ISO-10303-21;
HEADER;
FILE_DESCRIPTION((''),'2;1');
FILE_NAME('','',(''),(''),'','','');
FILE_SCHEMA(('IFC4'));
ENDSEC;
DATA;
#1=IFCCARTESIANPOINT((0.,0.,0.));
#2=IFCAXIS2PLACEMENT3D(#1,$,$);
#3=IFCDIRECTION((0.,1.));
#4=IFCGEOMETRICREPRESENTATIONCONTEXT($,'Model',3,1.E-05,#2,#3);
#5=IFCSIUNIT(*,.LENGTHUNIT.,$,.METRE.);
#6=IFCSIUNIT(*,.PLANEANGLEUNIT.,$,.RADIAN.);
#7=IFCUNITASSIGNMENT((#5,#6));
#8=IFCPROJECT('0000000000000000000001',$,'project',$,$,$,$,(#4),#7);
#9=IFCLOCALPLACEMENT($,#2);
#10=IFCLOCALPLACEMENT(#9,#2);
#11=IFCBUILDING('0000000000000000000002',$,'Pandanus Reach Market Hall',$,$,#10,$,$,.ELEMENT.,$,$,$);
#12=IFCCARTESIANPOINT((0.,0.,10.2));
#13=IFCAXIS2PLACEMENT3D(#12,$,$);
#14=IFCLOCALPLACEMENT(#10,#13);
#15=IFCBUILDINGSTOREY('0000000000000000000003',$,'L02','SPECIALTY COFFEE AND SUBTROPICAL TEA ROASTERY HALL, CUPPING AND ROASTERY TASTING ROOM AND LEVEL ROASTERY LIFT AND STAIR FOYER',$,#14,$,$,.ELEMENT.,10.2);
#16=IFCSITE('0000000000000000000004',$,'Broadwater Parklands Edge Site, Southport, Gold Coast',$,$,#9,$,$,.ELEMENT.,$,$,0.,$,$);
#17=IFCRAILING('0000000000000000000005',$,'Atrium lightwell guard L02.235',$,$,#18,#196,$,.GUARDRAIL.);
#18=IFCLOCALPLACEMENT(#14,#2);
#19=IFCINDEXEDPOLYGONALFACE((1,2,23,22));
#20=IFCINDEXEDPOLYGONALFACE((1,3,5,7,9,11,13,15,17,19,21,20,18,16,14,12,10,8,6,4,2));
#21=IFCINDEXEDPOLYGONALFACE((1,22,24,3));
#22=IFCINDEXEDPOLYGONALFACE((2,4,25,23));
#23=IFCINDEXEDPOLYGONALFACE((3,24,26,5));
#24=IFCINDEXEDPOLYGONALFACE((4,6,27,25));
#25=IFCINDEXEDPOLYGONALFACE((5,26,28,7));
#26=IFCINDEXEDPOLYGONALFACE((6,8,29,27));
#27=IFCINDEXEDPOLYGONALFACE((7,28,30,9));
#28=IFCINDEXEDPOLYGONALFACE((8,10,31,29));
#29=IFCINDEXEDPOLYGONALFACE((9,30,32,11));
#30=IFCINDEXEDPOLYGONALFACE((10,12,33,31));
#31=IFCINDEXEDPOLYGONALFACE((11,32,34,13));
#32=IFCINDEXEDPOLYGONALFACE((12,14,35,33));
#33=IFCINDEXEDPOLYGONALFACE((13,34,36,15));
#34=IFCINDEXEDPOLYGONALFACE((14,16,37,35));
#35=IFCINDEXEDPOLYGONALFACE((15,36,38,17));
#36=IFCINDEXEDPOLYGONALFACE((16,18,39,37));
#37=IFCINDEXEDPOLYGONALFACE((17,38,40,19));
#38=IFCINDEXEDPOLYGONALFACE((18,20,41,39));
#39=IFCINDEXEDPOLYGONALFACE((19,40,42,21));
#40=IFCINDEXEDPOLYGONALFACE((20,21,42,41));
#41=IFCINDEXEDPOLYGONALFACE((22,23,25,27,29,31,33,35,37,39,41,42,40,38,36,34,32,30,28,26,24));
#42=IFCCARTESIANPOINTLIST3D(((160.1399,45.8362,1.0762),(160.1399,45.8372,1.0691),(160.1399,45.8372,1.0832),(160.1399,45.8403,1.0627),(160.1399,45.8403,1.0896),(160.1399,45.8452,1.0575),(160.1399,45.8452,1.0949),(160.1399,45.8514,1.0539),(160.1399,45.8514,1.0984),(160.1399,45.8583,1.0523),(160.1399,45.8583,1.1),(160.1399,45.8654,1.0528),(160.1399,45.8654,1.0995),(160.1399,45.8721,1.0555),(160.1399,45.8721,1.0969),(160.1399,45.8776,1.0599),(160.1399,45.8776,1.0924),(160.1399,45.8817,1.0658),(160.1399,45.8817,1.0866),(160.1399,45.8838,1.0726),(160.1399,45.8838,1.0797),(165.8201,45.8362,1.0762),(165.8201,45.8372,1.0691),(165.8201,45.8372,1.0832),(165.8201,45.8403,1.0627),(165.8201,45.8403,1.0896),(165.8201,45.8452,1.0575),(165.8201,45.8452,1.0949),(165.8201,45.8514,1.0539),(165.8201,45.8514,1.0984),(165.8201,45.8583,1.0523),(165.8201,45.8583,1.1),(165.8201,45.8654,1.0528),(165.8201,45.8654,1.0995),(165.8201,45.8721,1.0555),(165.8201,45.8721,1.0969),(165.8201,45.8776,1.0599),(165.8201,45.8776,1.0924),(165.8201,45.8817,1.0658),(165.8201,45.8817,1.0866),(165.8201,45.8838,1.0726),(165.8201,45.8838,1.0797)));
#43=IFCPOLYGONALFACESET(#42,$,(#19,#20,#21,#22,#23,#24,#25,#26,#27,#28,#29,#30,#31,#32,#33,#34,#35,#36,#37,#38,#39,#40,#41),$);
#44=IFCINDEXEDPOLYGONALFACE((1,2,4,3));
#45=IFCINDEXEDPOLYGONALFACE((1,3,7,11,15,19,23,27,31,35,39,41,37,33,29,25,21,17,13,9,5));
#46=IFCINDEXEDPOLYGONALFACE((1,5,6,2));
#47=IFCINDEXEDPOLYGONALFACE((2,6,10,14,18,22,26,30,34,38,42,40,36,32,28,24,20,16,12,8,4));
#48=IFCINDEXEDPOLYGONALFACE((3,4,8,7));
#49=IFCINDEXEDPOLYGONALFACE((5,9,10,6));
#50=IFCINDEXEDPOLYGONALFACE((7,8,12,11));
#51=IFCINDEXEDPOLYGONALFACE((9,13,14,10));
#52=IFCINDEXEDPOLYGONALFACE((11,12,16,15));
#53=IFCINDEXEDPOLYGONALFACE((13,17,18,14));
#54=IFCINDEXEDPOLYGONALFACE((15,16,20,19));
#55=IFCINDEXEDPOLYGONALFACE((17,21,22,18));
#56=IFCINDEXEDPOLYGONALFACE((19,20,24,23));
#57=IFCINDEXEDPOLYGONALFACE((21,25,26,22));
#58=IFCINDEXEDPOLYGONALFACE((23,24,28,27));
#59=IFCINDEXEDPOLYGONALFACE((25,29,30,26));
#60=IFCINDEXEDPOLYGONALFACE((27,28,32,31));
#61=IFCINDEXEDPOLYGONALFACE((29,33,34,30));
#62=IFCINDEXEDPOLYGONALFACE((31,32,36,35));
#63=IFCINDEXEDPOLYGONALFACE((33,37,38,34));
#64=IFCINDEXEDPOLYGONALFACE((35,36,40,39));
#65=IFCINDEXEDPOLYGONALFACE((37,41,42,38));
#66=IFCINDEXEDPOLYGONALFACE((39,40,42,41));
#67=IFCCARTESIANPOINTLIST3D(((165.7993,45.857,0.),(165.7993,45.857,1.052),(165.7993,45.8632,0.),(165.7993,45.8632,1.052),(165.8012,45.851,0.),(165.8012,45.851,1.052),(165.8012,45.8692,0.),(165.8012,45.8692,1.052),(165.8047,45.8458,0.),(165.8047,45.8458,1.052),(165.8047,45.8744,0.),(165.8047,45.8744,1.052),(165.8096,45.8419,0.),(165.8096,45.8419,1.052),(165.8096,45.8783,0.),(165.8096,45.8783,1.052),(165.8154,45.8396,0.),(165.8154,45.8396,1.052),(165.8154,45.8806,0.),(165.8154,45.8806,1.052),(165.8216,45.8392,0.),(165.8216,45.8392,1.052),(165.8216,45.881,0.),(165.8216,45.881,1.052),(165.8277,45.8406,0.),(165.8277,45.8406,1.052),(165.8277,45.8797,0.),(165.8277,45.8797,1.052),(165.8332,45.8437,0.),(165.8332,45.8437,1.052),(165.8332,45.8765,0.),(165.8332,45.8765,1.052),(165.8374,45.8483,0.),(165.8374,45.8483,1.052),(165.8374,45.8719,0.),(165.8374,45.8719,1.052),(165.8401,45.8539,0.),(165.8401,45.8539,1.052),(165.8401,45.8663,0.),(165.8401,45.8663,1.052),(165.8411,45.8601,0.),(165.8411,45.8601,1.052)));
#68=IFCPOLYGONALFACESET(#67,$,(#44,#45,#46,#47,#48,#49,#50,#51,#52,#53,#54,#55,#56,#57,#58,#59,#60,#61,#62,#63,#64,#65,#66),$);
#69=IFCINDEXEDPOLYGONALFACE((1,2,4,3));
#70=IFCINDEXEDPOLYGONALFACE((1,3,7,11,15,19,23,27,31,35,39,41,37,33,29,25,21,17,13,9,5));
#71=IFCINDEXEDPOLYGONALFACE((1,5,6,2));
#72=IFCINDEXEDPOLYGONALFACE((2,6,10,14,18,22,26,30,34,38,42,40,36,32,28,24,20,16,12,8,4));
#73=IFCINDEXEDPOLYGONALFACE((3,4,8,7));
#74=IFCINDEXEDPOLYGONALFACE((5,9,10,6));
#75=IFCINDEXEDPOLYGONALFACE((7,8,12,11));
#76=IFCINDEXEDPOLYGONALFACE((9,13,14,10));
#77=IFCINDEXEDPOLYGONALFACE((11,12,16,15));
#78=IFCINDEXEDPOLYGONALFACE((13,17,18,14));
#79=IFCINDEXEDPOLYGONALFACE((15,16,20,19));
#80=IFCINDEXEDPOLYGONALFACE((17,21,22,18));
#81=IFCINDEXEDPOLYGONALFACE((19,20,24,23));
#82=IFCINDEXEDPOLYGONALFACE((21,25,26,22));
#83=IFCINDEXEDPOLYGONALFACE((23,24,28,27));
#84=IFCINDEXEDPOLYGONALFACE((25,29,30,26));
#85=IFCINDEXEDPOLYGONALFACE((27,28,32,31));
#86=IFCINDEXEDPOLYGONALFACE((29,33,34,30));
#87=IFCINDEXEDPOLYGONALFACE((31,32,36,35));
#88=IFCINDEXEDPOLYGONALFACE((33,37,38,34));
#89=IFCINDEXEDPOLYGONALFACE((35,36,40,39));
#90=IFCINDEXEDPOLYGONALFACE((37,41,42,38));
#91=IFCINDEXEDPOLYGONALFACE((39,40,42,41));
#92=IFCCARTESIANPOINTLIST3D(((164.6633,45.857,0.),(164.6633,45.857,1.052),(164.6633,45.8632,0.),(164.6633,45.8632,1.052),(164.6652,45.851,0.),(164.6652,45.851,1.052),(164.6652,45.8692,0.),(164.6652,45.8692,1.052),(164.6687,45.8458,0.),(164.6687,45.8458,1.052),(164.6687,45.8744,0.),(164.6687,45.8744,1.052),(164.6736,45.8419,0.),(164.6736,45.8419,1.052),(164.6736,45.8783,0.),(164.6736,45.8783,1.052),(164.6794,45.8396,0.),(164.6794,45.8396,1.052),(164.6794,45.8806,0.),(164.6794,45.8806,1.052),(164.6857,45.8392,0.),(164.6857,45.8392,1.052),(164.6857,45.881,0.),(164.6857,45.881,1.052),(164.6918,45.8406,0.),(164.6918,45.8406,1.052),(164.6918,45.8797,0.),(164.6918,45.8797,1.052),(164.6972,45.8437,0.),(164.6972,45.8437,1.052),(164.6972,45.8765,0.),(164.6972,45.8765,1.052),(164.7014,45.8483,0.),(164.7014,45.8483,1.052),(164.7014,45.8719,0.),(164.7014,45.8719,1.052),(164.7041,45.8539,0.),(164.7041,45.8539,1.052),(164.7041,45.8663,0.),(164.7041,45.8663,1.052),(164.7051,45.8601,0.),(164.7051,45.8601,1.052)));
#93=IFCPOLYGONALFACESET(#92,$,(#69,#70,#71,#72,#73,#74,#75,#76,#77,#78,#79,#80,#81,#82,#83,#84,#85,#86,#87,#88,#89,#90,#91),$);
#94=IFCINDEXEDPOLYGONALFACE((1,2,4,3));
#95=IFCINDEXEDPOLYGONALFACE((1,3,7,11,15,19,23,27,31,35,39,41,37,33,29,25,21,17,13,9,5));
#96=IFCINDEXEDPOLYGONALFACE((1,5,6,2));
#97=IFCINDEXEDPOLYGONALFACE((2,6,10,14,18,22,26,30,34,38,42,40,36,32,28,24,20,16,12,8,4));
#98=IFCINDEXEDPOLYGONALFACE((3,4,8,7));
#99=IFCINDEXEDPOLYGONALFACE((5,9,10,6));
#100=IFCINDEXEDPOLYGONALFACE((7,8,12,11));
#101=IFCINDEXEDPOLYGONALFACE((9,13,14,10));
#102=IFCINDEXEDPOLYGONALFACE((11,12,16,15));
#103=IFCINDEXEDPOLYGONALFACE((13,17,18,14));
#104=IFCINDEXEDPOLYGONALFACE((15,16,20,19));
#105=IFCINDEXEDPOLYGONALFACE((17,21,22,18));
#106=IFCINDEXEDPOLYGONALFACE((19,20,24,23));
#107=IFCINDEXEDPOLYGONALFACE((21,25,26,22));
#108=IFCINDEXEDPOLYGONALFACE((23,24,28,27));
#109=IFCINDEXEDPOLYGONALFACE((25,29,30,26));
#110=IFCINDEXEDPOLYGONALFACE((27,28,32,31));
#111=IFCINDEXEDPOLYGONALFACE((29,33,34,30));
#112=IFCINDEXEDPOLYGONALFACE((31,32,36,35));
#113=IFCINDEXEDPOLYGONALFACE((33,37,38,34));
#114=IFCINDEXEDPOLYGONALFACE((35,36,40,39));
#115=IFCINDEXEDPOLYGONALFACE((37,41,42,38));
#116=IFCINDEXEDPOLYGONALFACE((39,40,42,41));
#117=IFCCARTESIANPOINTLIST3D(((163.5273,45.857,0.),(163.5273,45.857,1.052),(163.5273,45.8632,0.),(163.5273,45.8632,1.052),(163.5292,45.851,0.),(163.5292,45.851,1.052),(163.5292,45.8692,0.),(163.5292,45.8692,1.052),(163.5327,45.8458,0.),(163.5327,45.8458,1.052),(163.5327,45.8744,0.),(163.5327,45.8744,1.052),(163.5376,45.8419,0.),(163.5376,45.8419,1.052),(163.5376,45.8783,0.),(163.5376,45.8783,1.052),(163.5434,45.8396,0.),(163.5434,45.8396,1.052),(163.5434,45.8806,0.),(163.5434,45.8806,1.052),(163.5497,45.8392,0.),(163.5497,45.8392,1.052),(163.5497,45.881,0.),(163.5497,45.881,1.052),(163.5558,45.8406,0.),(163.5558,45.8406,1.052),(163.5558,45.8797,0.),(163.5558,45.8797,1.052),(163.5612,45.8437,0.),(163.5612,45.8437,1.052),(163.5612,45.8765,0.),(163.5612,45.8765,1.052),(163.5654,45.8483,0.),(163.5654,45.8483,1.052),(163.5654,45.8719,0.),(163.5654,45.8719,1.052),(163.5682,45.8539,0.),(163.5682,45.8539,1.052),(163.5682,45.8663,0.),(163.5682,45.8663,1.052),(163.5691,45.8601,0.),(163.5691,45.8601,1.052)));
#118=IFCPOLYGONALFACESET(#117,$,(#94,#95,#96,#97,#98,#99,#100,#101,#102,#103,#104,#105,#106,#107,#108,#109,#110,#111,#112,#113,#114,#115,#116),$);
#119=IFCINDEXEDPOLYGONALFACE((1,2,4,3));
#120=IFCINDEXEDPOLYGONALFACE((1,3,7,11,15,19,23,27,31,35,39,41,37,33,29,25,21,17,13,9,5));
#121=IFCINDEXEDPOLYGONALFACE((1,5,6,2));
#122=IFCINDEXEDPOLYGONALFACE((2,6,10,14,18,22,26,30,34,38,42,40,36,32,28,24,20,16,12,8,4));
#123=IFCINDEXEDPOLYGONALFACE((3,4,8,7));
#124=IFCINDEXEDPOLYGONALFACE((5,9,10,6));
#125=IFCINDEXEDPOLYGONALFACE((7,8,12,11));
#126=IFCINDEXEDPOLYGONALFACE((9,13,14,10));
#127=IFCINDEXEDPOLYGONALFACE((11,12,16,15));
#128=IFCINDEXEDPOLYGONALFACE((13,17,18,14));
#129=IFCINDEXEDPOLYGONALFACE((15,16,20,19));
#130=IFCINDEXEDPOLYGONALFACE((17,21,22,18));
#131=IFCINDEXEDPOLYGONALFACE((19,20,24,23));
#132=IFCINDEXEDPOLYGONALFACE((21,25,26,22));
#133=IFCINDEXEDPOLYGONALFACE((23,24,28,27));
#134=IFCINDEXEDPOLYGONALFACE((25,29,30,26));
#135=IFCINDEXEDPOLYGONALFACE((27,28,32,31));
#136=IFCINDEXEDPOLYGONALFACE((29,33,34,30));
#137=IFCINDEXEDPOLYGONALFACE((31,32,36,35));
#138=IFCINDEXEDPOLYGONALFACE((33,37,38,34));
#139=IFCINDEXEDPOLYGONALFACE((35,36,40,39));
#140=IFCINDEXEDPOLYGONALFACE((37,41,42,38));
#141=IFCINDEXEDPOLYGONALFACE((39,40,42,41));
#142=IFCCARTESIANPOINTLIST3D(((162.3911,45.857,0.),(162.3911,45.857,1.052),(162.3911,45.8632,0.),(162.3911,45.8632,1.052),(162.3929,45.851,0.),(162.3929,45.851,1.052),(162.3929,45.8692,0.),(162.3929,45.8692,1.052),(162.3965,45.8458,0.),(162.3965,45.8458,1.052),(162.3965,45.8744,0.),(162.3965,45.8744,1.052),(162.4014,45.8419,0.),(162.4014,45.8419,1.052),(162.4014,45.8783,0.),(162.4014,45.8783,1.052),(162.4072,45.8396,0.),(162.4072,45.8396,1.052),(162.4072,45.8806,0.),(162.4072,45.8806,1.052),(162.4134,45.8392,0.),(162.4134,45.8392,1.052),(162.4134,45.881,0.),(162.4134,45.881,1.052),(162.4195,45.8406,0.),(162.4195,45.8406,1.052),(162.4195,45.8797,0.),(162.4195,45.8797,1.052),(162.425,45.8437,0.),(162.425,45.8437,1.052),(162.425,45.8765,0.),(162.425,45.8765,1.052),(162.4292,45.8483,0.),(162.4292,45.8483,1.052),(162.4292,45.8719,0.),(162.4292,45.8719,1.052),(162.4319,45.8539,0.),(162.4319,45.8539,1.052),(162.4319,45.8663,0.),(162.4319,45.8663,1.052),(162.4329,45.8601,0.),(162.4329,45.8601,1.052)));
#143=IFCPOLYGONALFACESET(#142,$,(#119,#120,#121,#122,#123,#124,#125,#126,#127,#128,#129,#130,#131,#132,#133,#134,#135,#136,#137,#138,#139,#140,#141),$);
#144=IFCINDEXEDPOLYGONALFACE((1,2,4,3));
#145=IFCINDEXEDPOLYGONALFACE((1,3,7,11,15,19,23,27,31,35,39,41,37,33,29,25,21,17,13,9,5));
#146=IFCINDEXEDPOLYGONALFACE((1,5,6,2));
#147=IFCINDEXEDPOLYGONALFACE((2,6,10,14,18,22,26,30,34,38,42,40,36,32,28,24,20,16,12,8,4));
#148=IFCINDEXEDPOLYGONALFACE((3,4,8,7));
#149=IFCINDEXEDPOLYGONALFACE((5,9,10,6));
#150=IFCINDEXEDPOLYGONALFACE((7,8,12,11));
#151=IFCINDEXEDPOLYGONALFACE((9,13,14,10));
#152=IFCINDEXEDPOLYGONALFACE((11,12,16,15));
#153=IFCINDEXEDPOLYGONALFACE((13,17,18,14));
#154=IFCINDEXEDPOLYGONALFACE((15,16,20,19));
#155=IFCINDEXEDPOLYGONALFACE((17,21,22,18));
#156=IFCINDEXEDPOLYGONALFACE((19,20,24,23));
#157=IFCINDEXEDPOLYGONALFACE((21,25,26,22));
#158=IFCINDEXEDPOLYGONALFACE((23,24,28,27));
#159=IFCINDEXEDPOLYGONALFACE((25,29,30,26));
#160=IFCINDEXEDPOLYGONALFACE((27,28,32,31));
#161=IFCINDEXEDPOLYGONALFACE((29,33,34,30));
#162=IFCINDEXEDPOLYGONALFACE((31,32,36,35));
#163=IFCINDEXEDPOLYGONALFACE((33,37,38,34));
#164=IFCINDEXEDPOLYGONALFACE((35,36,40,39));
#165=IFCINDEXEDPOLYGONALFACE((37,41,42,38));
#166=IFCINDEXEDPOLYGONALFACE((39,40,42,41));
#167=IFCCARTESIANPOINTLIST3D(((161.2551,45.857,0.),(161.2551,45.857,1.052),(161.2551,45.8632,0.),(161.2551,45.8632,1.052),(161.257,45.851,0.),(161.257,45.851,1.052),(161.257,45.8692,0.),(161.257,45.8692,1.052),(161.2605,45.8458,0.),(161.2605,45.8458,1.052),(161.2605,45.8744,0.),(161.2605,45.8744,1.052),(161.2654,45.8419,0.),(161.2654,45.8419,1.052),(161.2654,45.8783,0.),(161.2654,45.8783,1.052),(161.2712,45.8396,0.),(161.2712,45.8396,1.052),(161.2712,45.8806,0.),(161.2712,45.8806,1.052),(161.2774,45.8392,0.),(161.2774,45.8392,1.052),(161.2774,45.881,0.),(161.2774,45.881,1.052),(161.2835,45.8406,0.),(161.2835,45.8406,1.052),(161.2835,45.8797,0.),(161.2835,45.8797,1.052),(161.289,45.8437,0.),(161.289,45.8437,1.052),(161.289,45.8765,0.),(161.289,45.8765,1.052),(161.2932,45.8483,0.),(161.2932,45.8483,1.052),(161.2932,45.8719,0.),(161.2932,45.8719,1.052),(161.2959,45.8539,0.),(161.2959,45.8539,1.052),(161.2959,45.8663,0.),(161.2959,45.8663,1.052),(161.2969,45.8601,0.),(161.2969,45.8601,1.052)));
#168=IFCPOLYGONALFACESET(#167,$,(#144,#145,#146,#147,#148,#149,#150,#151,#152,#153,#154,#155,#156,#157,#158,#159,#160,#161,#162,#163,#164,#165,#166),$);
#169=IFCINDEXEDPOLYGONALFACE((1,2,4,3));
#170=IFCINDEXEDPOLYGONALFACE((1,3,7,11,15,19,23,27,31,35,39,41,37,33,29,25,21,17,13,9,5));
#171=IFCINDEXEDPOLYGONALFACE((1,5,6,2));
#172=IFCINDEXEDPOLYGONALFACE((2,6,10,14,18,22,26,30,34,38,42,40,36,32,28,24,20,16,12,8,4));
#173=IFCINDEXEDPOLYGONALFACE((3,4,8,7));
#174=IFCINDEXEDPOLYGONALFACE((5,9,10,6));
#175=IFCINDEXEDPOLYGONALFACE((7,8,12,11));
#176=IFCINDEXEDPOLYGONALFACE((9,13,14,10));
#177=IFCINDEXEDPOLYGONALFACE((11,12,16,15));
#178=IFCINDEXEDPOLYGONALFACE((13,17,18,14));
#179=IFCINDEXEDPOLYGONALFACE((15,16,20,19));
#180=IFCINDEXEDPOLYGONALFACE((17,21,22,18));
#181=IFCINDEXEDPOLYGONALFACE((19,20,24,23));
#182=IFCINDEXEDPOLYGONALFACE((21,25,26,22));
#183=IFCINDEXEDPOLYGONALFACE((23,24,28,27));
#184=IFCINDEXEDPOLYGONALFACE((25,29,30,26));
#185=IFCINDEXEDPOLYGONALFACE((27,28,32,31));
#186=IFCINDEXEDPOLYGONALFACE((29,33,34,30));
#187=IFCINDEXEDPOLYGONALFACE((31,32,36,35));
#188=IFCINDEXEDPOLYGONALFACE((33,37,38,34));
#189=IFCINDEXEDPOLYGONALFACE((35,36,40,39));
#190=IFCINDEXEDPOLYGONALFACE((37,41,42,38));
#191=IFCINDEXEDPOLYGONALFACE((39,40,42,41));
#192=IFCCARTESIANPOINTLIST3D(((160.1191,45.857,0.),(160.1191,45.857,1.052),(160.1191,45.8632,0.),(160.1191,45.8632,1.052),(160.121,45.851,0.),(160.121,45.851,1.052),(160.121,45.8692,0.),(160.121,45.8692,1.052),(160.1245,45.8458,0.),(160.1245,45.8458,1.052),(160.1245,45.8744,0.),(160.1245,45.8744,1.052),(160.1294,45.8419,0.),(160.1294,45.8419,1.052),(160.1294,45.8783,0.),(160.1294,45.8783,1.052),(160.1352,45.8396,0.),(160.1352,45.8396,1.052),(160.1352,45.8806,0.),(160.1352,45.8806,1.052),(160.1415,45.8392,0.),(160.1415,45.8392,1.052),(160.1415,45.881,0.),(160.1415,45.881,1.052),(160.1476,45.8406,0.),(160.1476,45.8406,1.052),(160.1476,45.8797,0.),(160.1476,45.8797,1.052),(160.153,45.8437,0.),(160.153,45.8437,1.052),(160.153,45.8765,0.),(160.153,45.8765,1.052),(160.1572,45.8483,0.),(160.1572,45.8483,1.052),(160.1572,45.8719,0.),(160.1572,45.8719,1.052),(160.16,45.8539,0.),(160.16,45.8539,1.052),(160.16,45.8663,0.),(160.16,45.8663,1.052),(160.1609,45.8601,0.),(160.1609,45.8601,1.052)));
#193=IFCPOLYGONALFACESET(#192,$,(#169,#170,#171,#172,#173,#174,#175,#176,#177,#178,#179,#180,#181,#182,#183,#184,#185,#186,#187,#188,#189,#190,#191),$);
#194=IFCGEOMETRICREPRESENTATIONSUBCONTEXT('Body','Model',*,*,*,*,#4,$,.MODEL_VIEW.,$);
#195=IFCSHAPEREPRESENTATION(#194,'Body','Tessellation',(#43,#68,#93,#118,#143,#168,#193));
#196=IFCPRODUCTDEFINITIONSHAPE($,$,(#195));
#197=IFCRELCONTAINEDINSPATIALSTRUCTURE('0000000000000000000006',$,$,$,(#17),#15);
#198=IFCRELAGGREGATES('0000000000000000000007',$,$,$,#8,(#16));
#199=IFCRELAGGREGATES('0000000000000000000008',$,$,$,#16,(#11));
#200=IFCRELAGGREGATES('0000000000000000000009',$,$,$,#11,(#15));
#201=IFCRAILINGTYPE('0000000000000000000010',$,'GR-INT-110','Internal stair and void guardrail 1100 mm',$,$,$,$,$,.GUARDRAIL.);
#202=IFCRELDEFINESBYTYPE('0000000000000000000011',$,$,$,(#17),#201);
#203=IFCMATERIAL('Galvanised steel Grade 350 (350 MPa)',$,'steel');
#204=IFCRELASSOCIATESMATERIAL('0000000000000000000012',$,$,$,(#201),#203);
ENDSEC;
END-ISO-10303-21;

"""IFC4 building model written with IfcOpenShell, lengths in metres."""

from ifc_helpers import new_model, si_unit, direction, frame, origin, origin_2d, place, context, subcontext, project, spatial, circle, extrude, material, type_object, element, save


model = new_model("IFC4")

# Units and contexts
model_context = context("Model", 3, precision=1e-05, world=origin(), true_north=direction((0.0, 1.0)))
body_context = subcontext(model_context, "Body", "Model", "MODEL_VIEW")
ifc_project = project(units=[si_unit("LENGTHUNIT", "METRE"), si_unit("PLANEANGLEUNIT", "RADIAN")], contexts=[model_context])

# Site, building, storey
site_placement = place(None, origin())
site = spatial("IfcSite", under=ifc_project, at=site_placement, Name="Broadwater Parklands Edge Site, Southport, Gold Coast", CompositionType="ELEMENT", RefElevation=0.0)
building_placement = place(site_placement, origin())
building = spatial("IfcBuilding", under=site, at=building_placement, Name="Pandanus Reach Market Hall", CompositionType="ELEMENT")
storey_placement = place(building_placement, frame((0.0, 0.0, 10.2)))
storey = spatial("IfcBuildingStorey", under=building, at=storey_placement, Name="L02", Description="SPECIALTY COFFEE AND SUBTROPICAL TEA ROASTERY HALL, CUPPING AND ROASTERY TASTING ROOM AND LEVEL ROASTERY LIFT AND STAIR FOYER", CompositionType="ELEMENT", Elevation=10.2)

# Railing
ifc_material_1 = material(Name="Galvanised steel Grade 350 (350 MPa)", Category="steel")
railing_type = type_object("IfcRailingType", Name="GR-INT-110", Description="Internal stair and void guardrail 1100 mm", PredefinedType="GUARDRAIL", material=ifc_material_1)
railing_1_placement = place(storey_placement, frame((165.8201, 45.8601, 0.0)))
element("IfcRailing", 1, at=railing_1_placement, inside=storey, type_object=railing_type, Name="Atrium lightwell guard L02.235", PredefinedType="GUARDRAIL", context=body_context, shape_type="SweptSolid", body=[
    extrude(circle(Radius=0.0239, at=origin_2d()), frame((0.0, 0.0, 1.0762), z_axis=(-1.0, 0.0, 0.0), x_axis=(0.0, -1.0, 0.0)), (0.0, 0.0, 1.0), 5.6802),
    extrude(circle(Radius=0.021, at=origin_2d()), origin(), (0.0, 0.0, 1.0), 1.052),
    extrude(circle(Radius=0.021, at=origin_2d()), frame((-1.136, 0.0, 0.0)), (0.0, 0.0, 1.0), 1.052),
    extrude(circle(Radius=0.021, at=origin_2d()), frame((-2.272, 0.0, 0.0)), (0.0, 0.0, 1.0), 1.052),
    extrude(circle(Radius=0.021, at=origin_2d()), frame((-3.4082, 0.0, 0.0)), (0.0, 0.0, 1.0), 1.052),
    extrude(circle(Radius=0.021, at=origin_2d()), frame((-4.5442, 0.0, 0.0)), (0.0, 0.0, 1.0), 1.052),
    extrude(circle(Radius=0.021, at=origin_2d()), frame((-5.6802, 0.0, 0.0)), (0.0, 0.0, 1.0), 1.052),
])

save(model, "model.ifc")
